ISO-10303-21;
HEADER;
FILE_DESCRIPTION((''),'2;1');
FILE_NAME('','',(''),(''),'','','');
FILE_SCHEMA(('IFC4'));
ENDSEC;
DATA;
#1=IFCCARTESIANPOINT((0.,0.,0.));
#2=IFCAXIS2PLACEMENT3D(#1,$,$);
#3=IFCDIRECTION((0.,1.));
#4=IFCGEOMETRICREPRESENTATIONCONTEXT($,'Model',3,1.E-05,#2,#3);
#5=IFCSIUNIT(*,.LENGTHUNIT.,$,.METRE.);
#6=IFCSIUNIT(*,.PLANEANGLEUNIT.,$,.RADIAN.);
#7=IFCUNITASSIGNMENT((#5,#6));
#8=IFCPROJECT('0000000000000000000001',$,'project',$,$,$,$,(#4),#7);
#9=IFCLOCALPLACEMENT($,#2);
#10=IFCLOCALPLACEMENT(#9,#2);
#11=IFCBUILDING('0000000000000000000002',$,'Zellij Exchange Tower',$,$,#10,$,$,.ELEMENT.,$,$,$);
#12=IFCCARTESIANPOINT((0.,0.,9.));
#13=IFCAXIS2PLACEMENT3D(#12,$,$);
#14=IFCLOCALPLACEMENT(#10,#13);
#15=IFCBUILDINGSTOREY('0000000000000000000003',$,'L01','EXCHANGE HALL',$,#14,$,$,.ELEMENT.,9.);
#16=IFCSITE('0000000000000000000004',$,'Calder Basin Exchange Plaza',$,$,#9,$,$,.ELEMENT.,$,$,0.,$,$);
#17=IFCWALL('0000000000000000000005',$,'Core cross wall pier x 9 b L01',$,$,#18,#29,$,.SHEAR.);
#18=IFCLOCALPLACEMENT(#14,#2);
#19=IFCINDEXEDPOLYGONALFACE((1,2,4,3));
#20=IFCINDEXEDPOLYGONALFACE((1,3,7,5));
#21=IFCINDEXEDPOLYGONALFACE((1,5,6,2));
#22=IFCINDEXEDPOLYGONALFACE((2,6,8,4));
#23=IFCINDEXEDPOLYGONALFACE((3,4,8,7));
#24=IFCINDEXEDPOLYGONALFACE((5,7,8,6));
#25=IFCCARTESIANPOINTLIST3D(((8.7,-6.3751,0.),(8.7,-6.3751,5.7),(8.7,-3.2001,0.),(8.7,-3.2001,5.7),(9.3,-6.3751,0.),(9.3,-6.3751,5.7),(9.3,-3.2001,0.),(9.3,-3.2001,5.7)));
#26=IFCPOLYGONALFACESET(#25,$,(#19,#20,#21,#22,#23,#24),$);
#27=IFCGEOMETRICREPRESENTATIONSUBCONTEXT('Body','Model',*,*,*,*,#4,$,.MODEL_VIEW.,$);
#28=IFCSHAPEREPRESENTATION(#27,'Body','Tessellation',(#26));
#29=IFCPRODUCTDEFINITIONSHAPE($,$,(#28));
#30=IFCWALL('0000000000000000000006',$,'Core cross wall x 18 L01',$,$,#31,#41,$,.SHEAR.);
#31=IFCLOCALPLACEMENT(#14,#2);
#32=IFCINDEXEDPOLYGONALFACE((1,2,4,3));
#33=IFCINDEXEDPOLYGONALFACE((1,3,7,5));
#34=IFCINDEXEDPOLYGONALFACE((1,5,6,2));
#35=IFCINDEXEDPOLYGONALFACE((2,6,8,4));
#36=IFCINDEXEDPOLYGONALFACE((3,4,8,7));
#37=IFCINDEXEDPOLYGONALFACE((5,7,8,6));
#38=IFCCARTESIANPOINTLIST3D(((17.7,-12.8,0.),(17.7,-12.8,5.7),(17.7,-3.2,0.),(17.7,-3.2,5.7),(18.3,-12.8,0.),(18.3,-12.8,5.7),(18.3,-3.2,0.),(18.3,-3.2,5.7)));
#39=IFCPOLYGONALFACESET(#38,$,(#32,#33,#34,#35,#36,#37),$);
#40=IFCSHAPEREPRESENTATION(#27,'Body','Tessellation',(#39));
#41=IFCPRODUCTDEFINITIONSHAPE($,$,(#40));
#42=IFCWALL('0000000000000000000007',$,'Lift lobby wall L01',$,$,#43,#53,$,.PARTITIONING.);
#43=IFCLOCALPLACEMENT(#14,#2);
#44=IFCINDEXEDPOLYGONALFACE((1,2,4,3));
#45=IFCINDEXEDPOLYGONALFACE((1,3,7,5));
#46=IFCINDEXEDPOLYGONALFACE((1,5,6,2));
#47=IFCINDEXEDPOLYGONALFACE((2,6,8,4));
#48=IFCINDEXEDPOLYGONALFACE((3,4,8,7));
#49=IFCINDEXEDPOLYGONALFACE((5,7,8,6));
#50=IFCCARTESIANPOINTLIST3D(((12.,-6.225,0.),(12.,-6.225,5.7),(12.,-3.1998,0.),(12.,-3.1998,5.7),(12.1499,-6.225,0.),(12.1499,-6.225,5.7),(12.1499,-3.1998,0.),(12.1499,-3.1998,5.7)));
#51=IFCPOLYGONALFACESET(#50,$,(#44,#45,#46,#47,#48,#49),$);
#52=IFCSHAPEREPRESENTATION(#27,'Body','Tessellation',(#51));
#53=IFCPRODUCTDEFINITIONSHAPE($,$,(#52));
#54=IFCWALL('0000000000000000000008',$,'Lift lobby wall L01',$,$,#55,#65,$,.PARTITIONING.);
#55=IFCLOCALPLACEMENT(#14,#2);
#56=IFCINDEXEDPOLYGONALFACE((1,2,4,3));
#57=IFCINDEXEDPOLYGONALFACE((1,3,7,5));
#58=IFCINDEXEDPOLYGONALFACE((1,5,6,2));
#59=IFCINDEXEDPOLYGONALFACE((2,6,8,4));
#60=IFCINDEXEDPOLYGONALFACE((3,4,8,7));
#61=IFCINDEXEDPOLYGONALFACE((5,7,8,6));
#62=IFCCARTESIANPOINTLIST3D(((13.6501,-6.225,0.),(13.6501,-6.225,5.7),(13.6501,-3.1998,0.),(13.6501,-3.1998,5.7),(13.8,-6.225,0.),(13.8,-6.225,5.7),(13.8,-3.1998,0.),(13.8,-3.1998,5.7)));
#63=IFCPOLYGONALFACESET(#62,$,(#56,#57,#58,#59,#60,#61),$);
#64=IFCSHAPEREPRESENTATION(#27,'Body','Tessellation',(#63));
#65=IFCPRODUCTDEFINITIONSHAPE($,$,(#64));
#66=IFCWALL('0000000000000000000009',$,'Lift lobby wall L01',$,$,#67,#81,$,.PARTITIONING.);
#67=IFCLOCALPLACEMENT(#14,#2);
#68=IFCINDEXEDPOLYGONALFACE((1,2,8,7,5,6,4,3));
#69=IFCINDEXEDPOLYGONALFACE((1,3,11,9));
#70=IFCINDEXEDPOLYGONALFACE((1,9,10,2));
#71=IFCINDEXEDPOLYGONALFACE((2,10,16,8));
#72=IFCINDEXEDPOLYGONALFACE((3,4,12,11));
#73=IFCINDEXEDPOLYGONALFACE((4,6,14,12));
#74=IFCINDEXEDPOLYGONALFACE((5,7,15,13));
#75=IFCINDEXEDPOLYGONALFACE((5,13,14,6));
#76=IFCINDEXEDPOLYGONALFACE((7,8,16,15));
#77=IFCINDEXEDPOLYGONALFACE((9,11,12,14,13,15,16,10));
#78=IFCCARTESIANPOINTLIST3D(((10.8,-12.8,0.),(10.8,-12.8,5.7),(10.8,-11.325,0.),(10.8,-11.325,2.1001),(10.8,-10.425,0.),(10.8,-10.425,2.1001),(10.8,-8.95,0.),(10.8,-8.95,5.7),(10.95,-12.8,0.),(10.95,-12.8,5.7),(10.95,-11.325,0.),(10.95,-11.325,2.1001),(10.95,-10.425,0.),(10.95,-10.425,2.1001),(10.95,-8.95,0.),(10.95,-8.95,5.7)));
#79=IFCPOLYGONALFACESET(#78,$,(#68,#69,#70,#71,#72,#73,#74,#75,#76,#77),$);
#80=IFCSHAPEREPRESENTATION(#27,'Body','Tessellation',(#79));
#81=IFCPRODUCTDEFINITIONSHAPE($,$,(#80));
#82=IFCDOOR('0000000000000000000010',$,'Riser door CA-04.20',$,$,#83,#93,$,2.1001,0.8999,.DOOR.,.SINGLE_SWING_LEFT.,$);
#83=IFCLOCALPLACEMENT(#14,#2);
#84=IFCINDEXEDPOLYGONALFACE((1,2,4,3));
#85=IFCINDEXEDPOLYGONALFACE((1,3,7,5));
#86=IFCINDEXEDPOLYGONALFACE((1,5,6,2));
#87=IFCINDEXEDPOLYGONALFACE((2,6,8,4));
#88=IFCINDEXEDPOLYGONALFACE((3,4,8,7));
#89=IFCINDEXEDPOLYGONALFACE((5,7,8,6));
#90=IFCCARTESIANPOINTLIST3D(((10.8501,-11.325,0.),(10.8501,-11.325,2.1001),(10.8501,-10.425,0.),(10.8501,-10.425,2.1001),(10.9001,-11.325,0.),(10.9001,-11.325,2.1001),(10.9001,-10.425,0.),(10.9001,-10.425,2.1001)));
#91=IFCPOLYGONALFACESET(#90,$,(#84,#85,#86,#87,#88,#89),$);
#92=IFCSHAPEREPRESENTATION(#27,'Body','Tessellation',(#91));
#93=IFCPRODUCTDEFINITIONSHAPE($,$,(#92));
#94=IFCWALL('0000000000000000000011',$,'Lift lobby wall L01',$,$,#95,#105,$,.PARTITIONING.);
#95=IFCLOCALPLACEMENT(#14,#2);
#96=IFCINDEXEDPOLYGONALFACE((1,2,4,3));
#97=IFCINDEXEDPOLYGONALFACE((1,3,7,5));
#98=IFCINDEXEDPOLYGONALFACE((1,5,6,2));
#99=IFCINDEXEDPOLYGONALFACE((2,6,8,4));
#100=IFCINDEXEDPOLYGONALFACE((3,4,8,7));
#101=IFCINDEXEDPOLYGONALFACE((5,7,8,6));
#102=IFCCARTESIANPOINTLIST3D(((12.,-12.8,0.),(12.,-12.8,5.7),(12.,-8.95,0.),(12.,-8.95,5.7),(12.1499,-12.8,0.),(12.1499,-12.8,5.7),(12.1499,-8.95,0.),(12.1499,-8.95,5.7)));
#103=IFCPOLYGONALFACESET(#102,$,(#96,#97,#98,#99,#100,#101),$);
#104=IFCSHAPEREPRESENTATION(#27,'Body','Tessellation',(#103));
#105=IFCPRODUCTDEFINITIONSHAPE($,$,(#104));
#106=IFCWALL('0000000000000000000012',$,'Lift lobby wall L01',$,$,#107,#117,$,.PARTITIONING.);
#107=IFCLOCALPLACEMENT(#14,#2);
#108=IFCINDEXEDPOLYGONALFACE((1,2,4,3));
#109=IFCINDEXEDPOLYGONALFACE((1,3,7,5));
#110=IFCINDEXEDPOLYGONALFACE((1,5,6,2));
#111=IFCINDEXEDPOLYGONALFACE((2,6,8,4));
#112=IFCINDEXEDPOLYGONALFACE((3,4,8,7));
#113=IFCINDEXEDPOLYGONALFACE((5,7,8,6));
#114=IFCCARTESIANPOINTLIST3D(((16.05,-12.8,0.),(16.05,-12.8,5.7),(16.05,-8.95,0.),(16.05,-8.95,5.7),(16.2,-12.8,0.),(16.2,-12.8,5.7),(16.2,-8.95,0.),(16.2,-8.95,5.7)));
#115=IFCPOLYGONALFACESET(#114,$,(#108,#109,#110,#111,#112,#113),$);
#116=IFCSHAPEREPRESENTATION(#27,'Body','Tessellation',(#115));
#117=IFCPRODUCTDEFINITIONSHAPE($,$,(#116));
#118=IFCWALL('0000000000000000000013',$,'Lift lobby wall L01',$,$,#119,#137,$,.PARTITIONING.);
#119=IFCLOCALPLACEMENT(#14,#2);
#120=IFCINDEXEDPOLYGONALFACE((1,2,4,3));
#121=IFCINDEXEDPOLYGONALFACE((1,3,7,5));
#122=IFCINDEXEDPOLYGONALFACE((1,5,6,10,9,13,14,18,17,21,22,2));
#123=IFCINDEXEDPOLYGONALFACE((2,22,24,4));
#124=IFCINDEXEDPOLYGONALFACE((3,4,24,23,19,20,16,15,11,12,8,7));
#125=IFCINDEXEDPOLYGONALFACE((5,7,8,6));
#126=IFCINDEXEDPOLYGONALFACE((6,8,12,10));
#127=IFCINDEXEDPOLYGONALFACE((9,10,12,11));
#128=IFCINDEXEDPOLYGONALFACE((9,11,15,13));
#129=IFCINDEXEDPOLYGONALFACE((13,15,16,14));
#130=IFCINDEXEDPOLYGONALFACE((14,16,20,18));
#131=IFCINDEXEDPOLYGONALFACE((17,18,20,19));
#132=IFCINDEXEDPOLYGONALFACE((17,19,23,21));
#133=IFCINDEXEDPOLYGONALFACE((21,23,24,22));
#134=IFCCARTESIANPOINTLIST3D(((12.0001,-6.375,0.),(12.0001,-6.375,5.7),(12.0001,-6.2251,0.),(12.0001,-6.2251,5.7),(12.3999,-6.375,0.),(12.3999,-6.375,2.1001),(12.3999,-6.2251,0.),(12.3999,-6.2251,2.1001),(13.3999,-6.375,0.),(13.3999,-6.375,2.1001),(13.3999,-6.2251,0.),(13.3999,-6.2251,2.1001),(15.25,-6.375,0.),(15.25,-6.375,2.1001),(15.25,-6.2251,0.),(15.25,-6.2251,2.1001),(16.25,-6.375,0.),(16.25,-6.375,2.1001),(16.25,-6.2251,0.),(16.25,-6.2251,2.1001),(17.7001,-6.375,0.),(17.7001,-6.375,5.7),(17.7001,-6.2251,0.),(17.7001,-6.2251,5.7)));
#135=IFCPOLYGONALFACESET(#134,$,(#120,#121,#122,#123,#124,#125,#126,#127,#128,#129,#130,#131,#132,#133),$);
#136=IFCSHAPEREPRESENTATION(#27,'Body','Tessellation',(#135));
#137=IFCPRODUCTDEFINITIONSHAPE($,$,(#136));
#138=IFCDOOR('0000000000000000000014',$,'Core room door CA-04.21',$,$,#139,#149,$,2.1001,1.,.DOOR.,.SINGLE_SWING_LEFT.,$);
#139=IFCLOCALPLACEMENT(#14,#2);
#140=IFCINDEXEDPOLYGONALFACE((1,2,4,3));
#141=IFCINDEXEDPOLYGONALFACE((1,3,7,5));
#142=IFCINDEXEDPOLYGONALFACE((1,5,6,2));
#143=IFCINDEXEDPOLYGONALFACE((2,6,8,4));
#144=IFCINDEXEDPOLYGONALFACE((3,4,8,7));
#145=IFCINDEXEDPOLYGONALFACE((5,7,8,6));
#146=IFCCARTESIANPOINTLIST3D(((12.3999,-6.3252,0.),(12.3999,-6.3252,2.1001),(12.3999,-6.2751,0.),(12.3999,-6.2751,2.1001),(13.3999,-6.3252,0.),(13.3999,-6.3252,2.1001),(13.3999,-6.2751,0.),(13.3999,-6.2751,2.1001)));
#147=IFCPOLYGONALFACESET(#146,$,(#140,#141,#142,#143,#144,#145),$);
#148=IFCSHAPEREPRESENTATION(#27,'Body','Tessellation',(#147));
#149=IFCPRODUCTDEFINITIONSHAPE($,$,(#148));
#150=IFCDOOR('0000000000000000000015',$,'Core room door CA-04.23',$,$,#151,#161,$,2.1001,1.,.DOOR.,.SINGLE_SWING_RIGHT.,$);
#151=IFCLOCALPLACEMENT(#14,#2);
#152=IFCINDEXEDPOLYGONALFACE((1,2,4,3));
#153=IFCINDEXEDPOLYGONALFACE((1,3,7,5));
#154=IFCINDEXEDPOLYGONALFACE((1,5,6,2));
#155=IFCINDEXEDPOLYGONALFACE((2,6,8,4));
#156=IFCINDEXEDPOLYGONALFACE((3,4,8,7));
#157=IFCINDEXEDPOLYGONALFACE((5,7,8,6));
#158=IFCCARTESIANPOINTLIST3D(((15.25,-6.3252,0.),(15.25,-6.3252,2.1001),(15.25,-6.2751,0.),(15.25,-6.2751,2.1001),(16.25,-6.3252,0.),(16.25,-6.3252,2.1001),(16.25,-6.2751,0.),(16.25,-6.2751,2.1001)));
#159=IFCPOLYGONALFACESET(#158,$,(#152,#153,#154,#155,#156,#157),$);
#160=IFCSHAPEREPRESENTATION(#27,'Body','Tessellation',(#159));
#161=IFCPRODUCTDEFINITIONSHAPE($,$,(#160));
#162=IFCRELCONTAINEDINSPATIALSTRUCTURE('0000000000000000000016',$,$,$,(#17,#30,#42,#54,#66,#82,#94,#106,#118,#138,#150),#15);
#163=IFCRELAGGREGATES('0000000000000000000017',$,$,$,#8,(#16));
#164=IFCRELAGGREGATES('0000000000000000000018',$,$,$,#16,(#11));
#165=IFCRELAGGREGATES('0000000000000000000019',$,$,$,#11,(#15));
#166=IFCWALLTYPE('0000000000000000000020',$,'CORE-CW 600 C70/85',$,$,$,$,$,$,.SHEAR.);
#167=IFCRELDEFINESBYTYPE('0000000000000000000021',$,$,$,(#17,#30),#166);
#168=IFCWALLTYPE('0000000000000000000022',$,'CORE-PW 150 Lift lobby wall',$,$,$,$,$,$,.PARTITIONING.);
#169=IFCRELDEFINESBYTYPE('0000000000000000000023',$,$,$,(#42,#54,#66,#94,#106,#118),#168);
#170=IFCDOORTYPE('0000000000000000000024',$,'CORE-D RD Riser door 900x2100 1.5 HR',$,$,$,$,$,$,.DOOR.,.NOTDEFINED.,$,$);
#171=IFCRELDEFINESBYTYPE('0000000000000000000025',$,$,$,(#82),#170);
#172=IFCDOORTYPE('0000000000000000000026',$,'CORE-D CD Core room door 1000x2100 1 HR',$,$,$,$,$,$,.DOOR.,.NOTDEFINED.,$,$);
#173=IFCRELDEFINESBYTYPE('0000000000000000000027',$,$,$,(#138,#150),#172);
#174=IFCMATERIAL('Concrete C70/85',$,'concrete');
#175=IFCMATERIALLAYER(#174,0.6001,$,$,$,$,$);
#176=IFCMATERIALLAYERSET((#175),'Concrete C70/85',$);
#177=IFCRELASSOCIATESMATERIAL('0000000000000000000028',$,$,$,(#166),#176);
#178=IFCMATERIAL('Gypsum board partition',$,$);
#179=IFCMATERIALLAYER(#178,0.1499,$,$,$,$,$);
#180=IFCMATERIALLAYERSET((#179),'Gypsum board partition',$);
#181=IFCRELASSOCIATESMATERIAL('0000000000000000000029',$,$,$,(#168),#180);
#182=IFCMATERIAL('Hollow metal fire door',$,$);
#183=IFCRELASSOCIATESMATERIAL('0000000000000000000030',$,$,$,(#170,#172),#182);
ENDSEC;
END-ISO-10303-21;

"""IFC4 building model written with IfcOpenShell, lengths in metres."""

from ifc_helpers import new_model, si_unit, direction, frame, frame_2d, origin, place, context, subcontext, project, spatial, rectangle, extrude, material, layer, layer_set, type_object, element, fill, save


model = new_model("IFC4")

# Units and contexts
model_context = context("Model", 3, precision=1e-05, world=origin(), true_north=direction((0.0, 1.0)))
body_context = subcontext(model_context, "Body", "Model", "MODEL_VIEW")
ifc_project = project(units=[si_unit("LENGTHUNIT", "METRE"), si_unit("PLANEANGLEUNIT", "RADIAN")], contexts=[model_context])

# Site, building, storey
site_placement = place(None, origin())
site = spatial("IfcSite", under=ifc_project, at=site_placement, Name="Calder Basin Exchange Plaza", CompositionType="ELEMENT", RefElevation=0.0)
building_placement = place(site_placement, origin())
building = spatial("IfcBuilding", under=site, at=building_placement, Name="Zellij Exchange Tower", CompositionType="ELEMENT")
storey_placement = place(building_placement, frame((0.0, 0.0, 9.0)))
storey = spatial("IfcBuildingStorey", under=building, at=storey_placement, Name="L01", Description="EXCHANGE HALL", CompositionType="ELEMENT", Elevation=9.0)

# Walls
ifc_material_1 = material(Name="Concrete C70/85", Category="concrete")
ifc_layer_1 = layer(ifc_material_1, 0.6001)
ifc_layer_set_1 = layer_set([ifc_layer_1], Name="Concrete C70/85")
wall_type_1 = type_object("IfcWallType", Name="CORE-CW 600 C70/85", PredefinedType="SHEAR", material=ifc_layer_set_1)
wall_1_placement = place(storey_placement, frame((9.0, -6.375, 0.0), z_axis=(0.0, 0.0, 1.0), x_axis=(0.0, 1.0, 0.0)))
element("IfcWall", 1, at=wall_1_placement, inside=storey, type_object=wall_type_1, Name="Core cross wall pier x 9 b L01", PredefinedType="SHEAR", context=body_context, shape_type="SweptSolid", body=[
    extrude(rectangle(XDim=3.175, YDim=0.6001, at=frame_2d((1.5874, 0.0))), origin(), (0.0, 0.0, 1.0), 5.7),
])
wall_2_placement = place(storey_placement, frame((18.0, -12.8, 0.0), z_axis=(0.0, 0.0, 1.0), x_axis=(0.0, 1.0, 0.0)))
element("IfcWall", 2, at=wall_2_placement, inside=storey, type_object=wall_type_1, Name="Core cross wall x 18 L01", PredefinedType="SHEAR", context=body_context, shape_type="SweptSolid", body=[
    extrude(rectangle(XDim=9.6001, YDim=0.6001, at=frame_2d((4.8, 0.0))), origin(), (0.0, 0.0, 1.0), 5.7),
])
ifc_material_2 = material(Name="Gypsum board partition")
ifc_layer_2 = layer(ifc_material_2, 0.1499)
ifc_layer_set_2 = layer_set([ifc_layer_2], Name="Gypsum board partition")
wall_type_2 = type_object("IfcWallType", Name="CORE-PW 150 Lift lobby wall", PredefinedType="PARTITIONING", material=ifc_layer_set_2)
for number, where, z_axis, x_axis, name in (
    (3, (12.075, -6.2251, 0.0), (0.0, 0.0, 1.0), (0.0, 1.0, 0.0), "Lift lobby wall L01"),
    (4, (13.7251, -6.2251, 0.0), (0.0, 0.0, 1.0), (0.0, 1.0, 0.0), "Lift lobby wall L01"),
):
    element("IfcWall", number, at=place(storey_placement, frame(where, z_axis=z_axis, x_axis=x_axis)), inside=storey, type_object=wall_type_2, Name=name, PredefinedType="PARTITIONING", context=body_context, shape_type="SweptSolid", body=[
        extrude(rectangle(XDim=3.0251, YDim=0.1499, at=frame_2d((1.5127, 0.0))), origin(), (0.0, 0.0, 1.0), 5.7),
    ])

# Wall, opening, door
wall_3_placement = place(storey_placement, frame((10.875, -12.8, 0.0), z_axis=(0.0, 0.0, 1.0), x_axis=(0.0, 1.0, 0.0)))
wall_3 = element("IfcWall", 5, at=wall_3_placement, inside=storey, type_object=wall_type_2, Name="Lift lobby wall L01", PredefinedType="PARTITIONING", context=body_context, shape_type="SweptSolid", body=[
    extrude(rectangle(XDim=3.8501, YDim=0.1499, at=frame_2d((1.925, 0.0))), origin(), (0.0, 0.0, 1.0), 5.7),
])
opening_1_placement = place(wall_3_placement, frame((1.4751, 0.0, 0.0)))
opening_1 = element("IfcOpeningElement", 6, at=opening_1_placement, cuts=wall_3, PredefinedType="OPENING", context=body_context, shape_type="SweptSolid", body=[
    extrude(rectangle(XDim=0.8999, YDim=2.1001, at=frame_2d((0.45, 1.05))), frame((0.0, 0.0869, 0.0), z_axis=(0.0, -1.0, 0.0), x_axis=(1.0, 0.0, 0.0)), (0.0, 0.0, 1.0), 0.1738),
])
ifc_material_3 = material(Name="Hollow metal fire door")
door_type_1 = type_object("IfcDoorType", Name="CORE-D RD Riser door 900x2100 1.5 HR", OperationType="NOTDEFINED", PredefinedType="DOOR", material=ifc_material_3)
door_1_placement = place(opening_1_placement, origin())
door_1 = element("IfcDoor", 7, at=door_1_placement, inside=storey, type_object=door_type_1, Name="Riser door CA-04.20", OperationType="SINGLE_SWING_LEFT", OverallHeight=2.1001, OverallWidth=0.8999, PredefinedType="DOOR", context=body_context, shape_type="SweptSolid", body=[
    extrude(rectangle(XDim=0.8999, YDim=2.1001, at=frame_2d((0.45, 1.05))), frame((0.0, 0.0249, 0.0), z_axis=(0.0, -1.0, 0.0), x_axis=(1.0, 0.0, 0.0)), (0.0, 0.0, 1.0), 0.05),
])
fill(opening_1, door_1)

# Walls
for number, where, z_axis, x_axis, name in (
    (8, (12.075, -12.8, 0.0), (0.0, 0.0, 1.0), (0.0, 1.0, 0.0), "Lift lobby wall L01"),
    (9, (16.125, -12.8, 0.0), (0.0, 0.0, 1.0), (0.0, 1.0, 0.0), "Lift lobby wall L01"),
):
    element("IfcWall", number, at=place(storey_placement, frame(where, z_axis=z_axis, x_axis=x_axis)), inside=storey, type_object=wall_type_2, Name=name, PredefinedType="PARTITIONING", context=body_context, shape_type="SweptSolid", body=[
        extrude(rectangle(XDim=3.8501, YDim=0.1499, at=frame_2d((1.925, 0.0))), origin(), (0.0, 0.0, 1.0), 5.7),
    ])

# Wall, openings, doors
wall_4_placement = place(storey_placement, frame((12.0, -6.3, 0.0), z_axis=(0.0, 0.0, 1.0), x_axis=(1.0, 0.0, 0.0)))
wall_4 = element("IfcWall", 10, at=wall_4_placement, inside=storey, type_object=wall_type_2, Name="Lift lobby wall L01", PredefinedType="PARTITIONING", context=body_context, shape_type="SweptSolid", body=[
    extrude(rectangle(XDim=5.7, YDim=0.1499, at=frame_2d((2.8501, 0.0))), origin(), (0.0, 0.0, 1.0), 5.7),
])
opening_2_placement = place(wall_4_placement, frame((0.3999, 0.0, 0.0)))
opening_2 = element("IfcOpeningElement", 11, at=opening_2_placement, cuts=wall_4, PredefinedType="OPENING", context=body_context, shape_type="SweptSolid", body=[
    extrude(rectangle(XDim=1.0, YDim=2.1001, at=frame_2d((0.5, 1.05))), frame((0.0, 0.0869, 0.0), z_axis=(0.0, -1.0, 0.0), x_axis=(1.0, 0.0, 0.0)), (0.0, 0.0, 1.0), 0.1738),
])
opening_3_placement = place(wall_4_placement, frame((3.25, 0.0, 0.0)))
opening_3 = element("IfcOpeningElement", 12, at=opening_3_placement, cuts=wall_4, PredefinedType="OPENING", context=body_context, shape_type="SweptSolid", body=[
    extrude(rectangle(XDim=1.0, YDim=2.1001, at=frame_2d((0.5, 1.05))), frame((0.0, 0.0869, 0.0), z_axis=(0.0, -1.0, 0.0), x_axis=(1.0, 0.0, 0.0)), (0.0, 0.0, 1.0), 0.1738),
])
door_type_2 = type_object("IfcDoorType", Name="CORE-D CD Core room door 1000x2100 1 HR", OperationType="NOTDEFINED", PredefinedType="DOOR", material=ifc_material_3)
door_2_placement = place(opening_2_placement, origin())
door_2 = element("IfcDoor", 13, at=door_2_placement, inside=storey, type_object=door_type_2, Name="Core room door CA-04.21", OperationType="SINGLE_SWING_LEFT", OverallHeight=2.1001, OverallWidth=1.0, PredefinedType="DOOR", context=body_context, shape_type="SweptSolid", body=[
    extrude(rectangle(XDim=1.0, YDim=2.1001, at=frame_2d((0.5, 1.05))), frame((0.0, 0.0249, 0.0), z_axis=(0.0, -1.0, 0.0), x_axis=(1.0, 0.0, 0.0)), (0.0, 0.0, 1.0), 0.05),
])
fill(opening_2, door_2)
door_3_placement = place(opening_3_placement, origin())
door_3 = element("IfcDoor", 14, at=door_3_placement, inside=storey, type_object=door_type_2, Name="Core room door CA-04.23", OperationType="SINGLE_SWING_RIGHT", OverallHeight=2.1001, OverallWidth=1.0, PredefinedType="DOOR", context=body_context, shape_type="SweptSolid", body=[
    extrude(rectangle(XDim=1.0, YDim=2.1001, at=frame_2d((0.5, 1.05))), frame((0.0, 0.0249, 0.0), z_axis=(0.0, -1.0, 0.0), x_axis=(1.0, 0.0, 0.0)), (0.0, 0.0, 1.0), 0.05),
])
fill(opening_3, door_3)

save(model, "model.ifc")
